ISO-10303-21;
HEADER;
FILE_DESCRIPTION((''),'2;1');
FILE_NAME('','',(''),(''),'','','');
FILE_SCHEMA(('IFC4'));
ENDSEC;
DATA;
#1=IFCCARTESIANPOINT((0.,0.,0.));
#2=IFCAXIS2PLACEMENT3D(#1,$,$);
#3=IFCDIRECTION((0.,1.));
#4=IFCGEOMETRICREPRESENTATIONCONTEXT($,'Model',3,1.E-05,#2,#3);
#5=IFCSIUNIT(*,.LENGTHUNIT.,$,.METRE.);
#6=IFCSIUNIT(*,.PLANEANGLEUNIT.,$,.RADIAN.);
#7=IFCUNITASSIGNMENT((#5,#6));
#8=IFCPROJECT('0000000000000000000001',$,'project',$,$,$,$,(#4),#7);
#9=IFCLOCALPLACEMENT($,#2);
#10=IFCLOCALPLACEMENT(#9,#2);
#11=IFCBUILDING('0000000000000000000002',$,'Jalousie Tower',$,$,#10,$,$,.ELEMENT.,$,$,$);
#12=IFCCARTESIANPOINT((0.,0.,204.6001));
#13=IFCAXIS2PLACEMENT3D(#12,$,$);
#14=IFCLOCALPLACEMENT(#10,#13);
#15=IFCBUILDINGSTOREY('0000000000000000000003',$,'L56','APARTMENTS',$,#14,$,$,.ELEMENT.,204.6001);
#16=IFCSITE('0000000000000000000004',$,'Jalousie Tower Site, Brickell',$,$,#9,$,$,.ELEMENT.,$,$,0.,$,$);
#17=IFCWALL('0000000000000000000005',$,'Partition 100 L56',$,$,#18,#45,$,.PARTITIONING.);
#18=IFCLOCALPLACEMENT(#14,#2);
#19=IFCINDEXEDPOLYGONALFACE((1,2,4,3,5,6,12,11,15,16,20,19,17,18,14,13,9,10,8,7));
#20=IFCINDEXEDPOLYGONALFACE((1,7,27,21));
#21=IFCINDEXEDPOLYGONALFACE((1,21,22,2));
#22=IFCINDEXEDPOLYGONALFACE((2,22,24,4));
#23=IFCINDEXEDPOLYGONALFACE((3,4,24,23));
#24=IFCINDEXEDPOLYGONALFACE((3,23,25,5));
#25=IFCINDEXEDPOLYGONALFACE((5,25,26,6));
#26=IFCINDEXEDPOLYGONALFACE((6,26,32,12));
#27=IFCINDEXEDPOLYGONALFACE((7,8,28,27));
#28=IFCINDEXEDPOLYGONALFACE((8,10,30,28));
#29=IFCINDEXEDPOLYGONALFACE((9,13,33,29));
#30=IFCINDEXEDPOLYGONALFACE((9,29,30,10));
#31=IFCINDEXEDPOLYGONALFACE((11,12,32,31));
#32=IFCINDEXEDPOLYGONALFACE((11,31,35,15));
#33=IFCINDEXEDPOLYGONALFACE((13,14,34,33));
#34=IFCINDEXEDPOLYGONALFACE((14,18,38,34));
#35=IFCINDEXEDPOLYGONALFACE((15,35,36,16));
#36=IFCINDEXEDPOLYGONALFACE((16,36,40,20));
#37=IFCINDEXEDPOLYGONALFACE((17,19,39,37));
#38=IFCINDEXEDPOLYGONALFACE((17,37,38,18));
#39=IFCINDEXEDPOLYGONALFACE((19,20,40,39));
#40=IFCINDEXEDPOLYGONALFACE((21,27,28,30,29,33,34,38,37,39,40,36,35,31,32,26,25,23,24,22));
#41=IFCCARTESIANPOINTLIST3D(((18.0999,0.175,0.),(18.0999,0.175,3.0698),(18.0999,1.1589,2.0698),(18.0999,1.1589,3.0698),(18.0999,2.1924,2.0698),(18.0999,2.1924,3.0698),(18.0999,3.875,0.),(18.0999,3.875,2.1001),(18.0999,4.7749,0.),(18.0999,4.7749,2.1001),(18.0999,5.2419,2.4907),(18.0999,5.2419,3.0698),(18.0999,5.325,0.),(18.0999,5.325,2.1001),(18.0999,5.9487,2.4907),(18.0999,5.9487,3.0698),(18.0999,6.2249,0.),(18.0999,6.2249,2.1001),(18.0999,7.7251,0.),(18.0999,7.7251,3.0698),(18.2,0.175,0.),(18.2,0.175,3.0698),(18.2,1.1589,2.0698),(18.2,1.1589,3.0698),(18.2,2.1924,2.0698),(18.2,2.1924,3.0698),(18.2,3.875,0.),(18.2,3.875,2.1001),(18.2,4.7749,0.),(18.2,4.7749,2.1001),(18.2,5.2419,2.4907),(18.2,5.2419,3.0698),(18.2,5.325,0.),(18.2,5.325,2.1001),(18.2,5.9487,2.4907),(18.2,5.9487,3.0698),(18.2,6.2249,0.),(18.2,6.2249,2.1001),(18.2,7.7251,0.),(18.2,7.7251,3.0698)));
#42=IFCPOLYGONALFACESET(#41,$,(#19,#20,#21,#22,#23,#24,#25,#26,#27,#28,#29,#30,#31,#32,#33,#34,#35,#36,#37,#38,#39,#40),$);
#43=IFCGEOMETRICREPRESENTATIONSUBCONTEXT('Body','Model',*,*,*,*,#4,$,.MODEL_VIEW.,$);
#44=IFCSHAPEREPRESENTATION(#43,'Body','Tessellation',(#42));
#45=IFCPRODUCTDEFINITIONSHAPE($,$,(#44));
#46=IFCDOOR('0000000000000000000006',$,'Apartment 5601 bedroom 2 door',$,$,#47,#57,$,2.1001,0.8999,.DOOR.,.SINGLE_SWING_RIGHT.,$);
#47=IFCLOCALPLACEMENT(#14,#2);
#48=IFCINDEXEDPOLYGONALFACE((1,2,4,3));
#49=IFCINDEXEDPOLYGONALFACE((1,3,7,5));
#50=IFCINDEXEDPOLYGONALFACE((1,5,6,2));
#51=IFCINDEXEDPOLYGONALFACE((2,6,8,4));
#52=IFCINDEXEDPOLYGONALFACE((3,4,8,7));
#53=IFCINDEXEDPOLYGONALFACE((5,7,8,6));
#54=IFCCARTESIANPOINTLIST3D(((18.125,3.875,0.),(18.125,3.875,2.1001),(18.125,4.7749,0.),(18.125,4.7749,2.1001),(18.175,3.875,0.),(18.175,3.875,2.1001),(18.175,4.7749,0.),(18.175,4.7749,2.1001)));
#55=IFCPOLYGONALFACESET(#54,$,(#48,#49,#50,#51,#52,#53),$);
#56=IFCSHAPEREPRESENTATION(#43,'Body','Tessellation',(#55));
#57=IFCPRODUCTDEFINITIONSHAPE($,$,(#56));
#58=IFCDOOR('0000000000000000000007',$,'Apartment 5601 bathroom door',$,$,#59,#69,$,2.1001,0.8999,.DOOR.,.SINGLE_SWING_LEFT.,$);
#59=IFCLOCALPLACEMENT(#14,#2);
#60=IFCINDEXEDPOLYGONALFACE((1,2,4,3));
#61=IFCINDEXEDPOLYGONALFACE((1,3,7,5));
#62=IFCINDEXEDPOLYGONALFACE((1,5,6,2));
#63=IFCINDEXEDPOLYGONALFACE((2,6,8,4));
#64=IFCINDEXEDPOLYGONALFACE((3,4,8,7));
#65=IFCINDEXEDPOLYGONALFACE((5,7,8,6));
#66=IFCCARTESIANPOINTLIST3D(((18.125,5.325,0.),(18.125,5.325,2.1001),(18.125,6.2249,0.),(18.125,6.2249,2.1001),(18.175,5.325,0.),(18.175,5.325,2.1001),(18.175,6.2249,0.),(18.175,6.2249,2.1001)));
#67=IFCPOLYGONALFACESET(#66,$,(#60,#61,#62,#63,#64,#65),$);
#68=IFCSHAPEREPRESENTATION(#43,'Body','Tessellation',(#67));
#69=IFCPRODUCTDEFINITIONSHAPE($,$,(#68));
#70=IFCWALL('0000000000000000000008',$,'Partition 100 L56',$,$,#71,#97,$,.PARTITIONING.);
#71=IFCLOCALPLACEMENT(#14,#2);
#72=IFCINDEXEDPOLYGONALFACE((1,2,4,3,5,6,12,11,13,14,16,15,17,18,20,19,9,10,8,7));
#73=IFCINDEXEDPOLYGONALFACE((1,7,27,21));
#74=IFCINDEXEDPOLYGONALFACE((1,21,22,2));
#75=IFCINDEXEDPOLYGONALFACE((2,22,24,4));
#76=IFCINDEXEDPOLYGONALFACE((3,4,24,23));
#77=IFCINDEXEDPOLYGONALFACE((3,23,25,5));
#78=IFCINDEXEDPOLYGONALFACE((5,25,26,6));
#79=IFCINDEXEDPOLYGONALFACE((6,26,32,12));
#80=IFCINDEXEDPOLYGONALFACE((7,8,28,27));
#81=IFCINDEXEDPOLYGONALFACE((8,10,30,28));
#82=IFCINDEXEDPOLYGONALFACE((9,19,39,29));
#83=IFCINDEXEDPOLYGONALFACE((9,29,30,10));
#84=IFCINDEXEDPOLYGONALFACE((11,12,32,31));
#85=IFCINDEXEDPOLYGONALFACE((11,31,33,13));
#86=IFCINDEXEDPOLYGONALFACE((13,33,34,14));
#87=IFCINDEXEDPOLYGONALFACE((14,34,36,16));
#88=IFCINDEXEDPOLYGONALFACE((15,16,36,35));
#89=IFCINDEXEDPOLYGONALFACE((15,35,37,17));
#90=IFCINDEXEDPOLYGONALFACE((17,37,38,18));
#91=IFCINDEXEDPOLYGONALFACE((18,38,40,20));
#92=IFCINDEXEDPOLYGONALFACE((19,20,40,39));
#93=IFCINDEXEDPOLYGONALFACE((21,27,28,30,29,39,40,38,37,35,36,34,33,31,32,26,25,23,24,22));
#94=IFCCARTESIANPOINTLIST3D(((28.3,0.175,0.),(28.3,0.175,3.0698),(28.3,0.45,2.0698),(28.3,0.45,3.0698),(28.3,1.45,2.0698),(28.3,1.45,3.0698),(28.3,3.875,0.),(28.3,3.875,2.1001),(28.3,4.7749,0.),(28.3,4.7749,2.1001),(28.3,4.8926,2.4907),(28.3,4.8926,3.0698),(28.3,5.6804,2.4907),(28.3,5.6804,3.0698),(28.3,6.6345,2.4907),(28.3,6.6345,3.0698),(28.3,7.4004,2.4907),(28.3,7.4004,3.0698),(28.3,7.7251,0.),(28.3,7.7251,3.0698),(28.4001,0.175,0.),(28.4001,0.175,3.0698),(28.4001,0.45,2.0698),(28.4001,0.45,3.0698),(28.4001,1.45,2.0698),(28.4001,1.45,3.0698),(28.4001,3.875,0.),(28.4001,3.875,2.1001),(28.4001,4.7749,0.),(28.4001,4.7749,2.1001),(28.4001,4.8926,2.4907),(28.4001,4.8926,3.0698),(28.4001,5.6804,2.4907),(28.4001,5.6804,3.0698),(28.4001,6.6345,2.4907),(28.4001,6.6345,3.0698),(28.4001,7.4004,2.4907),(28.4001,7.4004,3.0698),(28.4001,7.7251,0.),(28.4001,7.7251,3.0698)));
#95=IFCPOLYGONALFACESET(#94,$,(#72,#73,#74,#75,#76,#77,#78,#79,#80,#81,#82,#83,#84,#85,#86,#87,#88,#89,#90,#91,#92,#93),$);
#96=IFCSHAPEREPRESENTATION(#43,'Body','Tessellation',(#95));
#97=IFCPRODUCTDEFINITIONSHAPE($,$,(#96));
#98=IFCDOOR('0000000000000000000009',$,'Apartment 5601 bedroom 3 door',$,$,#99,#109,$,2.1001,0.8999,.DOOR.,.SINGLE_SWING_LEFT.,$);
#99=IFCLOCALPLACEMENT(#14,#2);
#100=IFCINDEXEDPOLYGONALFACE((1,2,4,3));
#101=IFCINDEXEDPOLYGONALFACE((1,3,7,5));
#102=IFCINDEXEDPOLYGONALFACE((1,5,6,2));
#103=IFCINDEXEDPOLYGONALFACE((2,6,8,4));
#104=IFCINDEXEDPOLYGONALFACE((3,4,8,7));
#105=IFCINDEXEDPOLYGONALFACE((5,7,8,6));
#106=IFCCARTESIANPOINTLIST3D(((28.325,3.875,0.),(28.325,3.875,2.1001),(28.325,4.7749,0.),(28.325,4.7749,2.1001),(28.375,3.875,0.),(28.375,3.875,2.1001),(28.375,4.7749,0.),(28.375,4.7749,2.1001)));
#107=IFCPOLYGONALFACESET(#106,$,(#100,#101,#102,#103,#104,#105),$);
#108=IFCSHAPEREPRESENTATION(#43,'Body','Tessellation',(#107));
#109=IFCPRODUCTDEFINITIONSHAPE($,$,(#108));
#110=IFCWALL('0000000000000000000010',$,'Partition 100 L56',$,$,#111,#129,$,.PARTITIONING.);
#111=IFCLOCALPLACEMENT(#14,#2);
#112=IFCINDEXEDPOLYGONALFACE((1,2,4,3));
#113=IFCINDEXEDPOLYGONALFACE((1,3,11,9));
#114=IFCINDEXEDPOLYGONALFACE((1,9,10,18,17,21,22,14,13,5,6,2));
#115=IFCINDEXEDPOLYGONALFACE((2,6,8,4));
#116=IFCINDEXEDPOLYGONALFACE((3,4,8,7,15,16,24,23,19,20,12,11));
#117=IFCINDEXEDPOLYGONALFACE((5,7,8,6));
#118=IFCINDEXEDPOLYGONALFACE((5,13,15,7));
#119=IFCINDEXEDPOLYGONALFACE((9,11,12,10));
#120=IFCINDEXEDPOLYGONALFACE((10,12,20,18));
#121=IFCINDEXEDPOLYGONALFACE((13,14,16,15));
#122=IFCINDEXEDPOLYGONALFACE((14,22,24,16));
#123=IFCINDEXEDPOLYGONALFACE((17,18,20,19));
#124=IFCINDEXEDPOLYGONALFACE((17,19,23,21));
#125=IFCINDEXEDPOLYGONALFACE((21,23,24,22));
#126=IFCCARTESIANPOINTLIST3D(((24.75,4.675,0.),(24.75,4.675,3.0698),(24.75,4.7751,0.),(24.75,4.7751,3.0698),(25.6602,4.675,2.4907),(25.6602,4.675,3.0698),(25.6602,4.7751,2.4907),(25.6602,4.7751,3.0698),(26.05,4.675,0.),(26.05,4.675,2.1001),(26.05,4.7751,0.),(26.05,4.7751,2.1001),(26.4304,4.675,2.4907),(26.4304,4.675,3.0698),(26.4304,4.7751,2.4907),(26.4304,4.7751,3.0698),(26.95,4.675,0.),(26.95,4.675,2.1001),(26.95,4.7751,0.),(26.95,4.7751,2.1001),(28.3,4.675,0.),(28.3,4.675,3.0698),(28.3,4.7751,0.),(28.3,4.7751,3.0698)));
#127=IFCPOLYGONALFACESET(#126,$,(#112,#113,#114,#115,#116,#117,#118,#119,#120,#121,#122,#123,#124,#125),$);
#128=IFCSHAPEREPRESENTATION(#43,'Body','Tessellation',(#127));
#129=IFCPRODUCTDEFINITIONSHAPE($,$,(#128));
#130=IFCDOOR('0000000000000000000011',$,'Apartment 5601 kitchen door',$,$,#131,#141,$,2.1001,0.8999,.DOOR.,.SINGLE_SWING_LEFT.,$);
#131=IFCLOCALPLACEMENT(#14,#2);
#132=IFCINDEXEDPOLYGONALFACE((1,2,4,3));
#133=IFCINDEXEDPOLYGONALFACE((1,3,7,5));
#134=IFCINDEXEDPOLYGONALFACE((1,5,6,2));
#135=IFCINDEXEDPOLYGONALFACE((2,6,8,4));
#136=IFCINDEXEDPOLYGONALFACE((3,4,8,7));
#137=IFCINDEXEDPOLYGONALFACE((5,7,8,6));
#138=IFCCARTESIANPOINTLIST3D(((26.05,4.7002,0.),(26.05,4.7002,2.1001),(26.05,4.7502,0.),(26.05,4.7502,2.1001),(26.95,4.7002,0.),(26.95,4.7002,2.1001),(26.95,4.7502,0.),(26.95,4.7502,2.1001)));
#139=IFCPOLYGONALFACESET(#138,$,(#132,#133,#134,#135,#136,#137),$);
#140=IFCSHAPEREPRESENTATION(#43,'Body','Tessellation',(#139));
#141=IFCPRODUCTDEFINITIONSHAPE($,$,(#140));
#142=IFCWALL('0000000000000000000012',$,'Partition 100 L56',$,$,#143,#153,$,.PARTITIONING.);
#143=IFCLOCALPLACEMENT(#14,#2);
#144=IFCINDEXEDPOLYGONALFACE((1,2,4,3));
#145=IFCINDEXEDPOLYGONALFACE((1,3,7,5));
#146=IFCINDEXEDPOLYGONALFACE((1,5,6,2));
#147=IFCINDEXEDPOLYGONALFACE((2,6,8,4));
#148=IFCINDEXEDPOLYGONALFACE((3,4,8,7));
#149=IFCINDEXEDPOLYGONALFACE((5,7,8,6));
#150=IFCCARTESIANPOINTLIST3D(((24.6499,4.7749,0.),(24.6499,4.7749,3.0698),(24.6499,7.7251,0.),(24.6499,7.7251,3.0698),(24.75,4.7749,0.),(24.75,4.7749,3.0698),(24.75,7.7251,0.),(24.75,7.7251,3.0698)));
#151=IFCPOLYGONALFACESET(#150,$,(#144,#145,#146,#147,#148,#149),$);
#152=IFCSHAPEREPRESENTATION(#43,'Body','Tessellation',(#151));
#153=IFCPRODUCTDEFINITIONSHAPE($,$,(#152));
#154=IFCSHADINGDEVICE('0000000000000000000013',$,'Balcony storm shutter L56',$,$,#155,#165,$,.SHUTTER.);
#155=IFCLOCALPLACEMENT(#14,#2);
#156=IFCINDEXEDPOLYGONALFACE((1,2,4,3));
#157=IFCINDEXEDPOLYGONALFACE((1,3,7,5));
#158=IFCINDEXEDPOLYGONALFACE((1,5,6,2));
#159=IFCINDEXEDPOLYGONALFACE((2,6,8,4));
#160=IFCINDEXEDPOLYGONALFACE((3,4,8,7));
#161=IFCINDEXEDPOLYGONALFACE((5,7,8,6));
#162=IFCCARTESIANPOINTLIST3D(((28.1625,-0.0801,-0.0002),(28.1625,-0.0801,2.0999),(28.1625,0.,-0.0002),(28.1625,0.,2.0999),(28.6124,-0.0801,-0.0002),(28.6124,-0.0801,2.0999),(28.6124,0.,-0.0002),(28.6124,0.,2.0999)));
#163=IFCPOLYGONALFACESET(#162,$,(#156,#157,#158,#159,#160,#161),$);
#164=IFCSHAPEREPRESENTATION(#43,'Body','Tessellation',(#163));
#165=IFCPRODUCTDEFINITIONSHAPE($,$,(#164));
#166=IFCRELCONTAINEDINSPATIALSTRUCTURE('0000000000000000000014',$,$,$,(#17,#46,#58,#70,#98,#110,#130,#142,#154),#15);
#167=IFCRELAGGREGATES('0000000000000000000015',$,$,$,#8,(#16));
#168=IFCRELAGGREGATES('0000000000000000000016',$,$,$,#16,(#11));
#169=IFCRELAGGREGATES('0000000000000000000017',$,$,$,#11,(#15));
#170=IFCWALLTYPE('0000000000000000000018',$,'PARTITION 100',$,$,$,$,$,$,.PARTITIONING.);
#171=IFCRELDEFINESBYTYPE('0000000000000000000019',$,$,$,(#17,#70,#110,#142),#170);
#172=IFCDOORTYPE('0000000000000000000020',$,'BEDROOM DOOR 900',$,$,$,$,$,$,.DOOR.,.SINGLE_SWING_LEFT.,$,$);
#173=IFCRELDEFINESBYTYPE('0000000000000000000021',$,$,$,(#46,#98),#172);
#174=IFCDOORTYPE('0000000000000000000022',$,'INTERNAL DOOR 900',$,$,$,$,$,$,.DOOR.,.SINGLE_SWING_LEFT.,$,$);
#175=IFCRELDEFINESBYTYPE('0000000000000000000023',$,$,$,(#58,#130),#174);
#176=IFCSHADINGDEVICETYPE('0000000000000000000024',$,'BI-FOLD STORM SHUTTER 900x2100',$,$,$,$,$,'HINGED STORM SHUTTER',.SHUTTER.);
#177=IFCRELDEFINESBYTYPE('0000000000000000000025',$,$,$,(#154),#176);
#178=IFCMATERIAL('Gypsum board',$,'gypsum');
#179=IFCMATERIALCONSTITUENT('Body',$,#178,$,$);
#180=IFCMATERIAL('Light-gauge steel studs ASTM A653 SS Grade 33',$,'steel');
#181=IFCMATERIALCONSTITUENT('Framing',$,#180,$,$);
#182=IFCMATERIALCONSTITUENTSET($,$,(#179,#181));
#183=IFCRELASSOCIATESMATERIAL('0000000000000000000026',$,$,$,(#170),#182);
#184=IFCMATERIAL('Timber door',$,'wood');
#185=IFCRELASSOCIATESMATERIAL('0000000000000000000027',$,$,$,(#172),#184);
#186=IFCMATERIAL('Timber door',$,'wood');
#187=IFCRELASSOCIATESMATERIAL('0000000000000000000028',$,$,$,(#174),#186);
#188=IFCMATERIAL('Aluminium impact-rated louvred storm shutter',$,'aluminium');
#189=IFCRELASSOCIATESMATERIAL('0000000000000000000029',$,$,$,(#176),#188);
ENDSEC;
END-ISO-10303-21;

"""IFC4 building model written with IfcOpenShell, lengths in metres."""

from ifc_helpers import new_model, si_unit, direction, frame, frame_2d, origin, origin_2d, place, context, subcontext, project, spatial, polyline, rectangle, outline, extrude, material, constituent, constituent_set, type_object, element, fill, save


model = new_model("IFC4")

# Units and contexts
model_context = context("Model", 3, precision=1e-05, world=origin(), true_north=direction((0.0, 1.0)))
body_context = subcontext(model_context, "Body", "Model", "MODEL_VIEW")
ifc_project = project(units=[si_unit("LENGTHUNIT", "METRE"), si_unit("PLANEANGLEUNIT", "RADIAN")], contexts=[model_context])

# Site, building, storey
site_placement = place(None, origin())
site = spatial("IfcSite", under=ifc_project, at=site_placement, Name="Jalousie Tower Site, Brickell", CompositionType="ELEMENT", RefElevation=0.0)
building_placement = place(site_placement, origin())
building = spatial("IfcBuilding", under=site, at=building_placement, Name="Jalousie Tower", CompositionType="ELEMENT")
storey_placement = place(building_placement, frame((0.0, 0.0, 204.6001)))
storey = spatial("IfcBuildingStorey", under=building, at=storey_placement, Name="L56", Description="APARTMENTS", CompositionType="ELEMENT", Elevation=204.6001)

# Wall, openings, doors
ifc_material_1 = material(Name="Gypsum board", Category="gypsum")
ifc_constituent_1 = constituent(ifc_material_1, Name="Body")
ifc_material_2 = material(Name="Light-gauge steel studs ASTM A653 SS Grade 33", Category="steel")
ifc_constituent_2 = constituent(ifc_material_2, Name="Framing")
ifc_constituent_set_1 = constituent_set(constituents=[ifc_constituent_1, ifc_constituent_2])
wall_type_1 = type_object("IfcWallType", Name="PARTITION 100", PredefinedType="PARTITIONING", material=ifc_constituent_set_1)
wall_1_placement = place(storey_placement, frame((18.1499, 0.175, 0.0), z_axis=(0.0, 0.0, 1.0), x_axis=(0.0, 1.0, 0.0)))
wall_1 = element("IfcWall", 1, at=wall_1_placement, inside=storey, type_object=wall_type_1, Name="Partition 100 L56", PredefinedType="PARTITIONING", context=body_context, shape_type="SweptSolid", body=[
    extrude(outline(polyline([(0.0, 0.0), (7.55, 0.0), (7.55, 3.0698), (5.7737, 3.0698), (5.7737, 2.4907), (5.0669, 2.4907), (5.0669, 3.0698), (2.0173, 3.0698), (2.0173, 2.0698), (0.9839, 2.0698), (0.9839, 3.0698), (0.0, 3.0698), (0.0, 0.0)])), frame((0.0, 0.05, 0.0), z_axis=(0.0, -1.0, 0.0), x_axis=(1.0, 0.0, 0.0)), (0.0, 0.0, 1.0), 0.1001),
])
opening_1_placement = place(wall_1_placement, frame((3.7, 0.0, 0.0)))
opening_1 = element("IfcOpeningElement", 2, at=opening_1_placement, cuts=wall_1, PredefinedType="OPENING", context=body_context, shape_type="SweptSolid", body=[
    extrude(rectangle(XDim=0.8999, YDim=2.1001, at=frame_2d((0.45, 1.05))), frame((0.0, 0.0601, 0.0), z_axis=(0.0, -1.0, 0.0), x_axis=(1.0, 0.0, 0.0)), (0.0, 0.0, 1.0), 0.1201),
])
opening_2_placement = place(wall_1_placement, frame((5.1499, 0.0, 0.0)))
opening_2 = element("IfcOpeningElement", 3, at=opening_2_placement, cuts=wall_1, PredefinedType="OPENING", context=body_context, shape_type="SweptSolid", body=[
    extrude(rectangle(XDim=0.8999, YDim=2.1001, at=frame_2d((0.45, 1.05))), frame((0.0, 0.0601, 0.0), z_axis=(0.0, -1.0, 0.0), x_axis=(1.0, 0.0, 0.0)), (0.0, 0.0, 1.0), 0.1201),
])
ifc_material_3 = material(Name="Timber door", Category="wood")
door_type_1 = type_object("IfcDoorType", Name="BEDROOM DOOR 900", OperationType="SINGLE_SWING_LEFT", PredefinedType="DOOR", material=ifc_material_3)
door_1_placement = place(opening_1_placement, origin())
door_1 = element("IfcDoor", 4, at=door_1_placement, inside=storey, type_object=door_type_1, Name="Apartment 5601 bedroom 2 door", OperationType="SINGLE_SWING_RIGHT", OverallHeight=2.1001, OverallWidth=0.8999, PredefinedType="DOOR", context=body_context, shape_type="SweptSolid", body=[
    extrude(rectangle(XDim=0.8999, YDim=2.1001, at=frame_2d((0.45, 1.05))), frame((0.0, 0.0249, 0.0), z_axis=(0.0, -1.0, 0.0), x_axis=(1.0, 0.0, 0.0)), (0.0, 0.0, 1.0), 0.05),
])
fill(opening_1, door_1)
ifc_material_4 = material(Name="Timber door", Category="wood")
door_type_2 = type_object("IfcDoorType", Name="INTERNAL DOOR 900", OperationType="SINGLE_SWING_LEFT", PredefinedType="DOOR", material=ifc_material_4)
door_2_placement = place(opening_2_placement, origin())
door_2 = element("IfcDoor", 5, at=door_2_placement, inside=storey, type_object=door_type_2, Name="Apartment 5601 bathroom door", OperationType="SINGLE_SWING_LEFT", OverallHeight=2.1001, OverallWidth=0.8999, PredefinedType="DOOR", context=body_context, shape_type="SweptSolid", body=[
    extrude(rectangle(XDim=0.8999, YDim=2.1001, at=frame_2d((0.45, 1.05))), frame((0.0, 0.0249, 0.0), z_axis=(0.0, -1.0, 0.0), x_axis=(1.0, 0.0, 0.0)), (0.0, 0.0, 1.0), 0.05),
])
fill(opening_2, door_2)

# Walls, openings, doors
wall_2_placement = place(storey_placement, frame((28.3501, 0.175, 0.0), z_axis=(0.0, 0.0, 1.0), x_axis=(0.0, 1.0, 0.0)))
wall_2 = element("IfcWall", 6, at=wall_2_placement, inside=storey, type_object=wall_type_1, Name="Partition 100 L56", PredefinedType="PARTITIONING", context=body_context, shape_type="SweptSolid", body=[
    extrude(outline(polyline([(0.0, 0.0), (7.55, 0.0), (7.55, 3.0698), (7.2253, 3.0698), (7.2253, 2.4907), (6.4595, 2.4907), (6.4595, 3.0698), (5.5054, 3.0698), (5.5054, 2.4907), (4.7175, 2.4907), (4.7175, 3.0698), (1.2749, 3.0698), (1.2749, 2.0698), (0.2749, 2.0698), (0.2749, 3.0698), (0.0, 3.0698), (0.0, 0.0)])), frame((0.0, 0.05, 0.0), z_axis=(0.0, -1.0, 0.0), x_axis=(1.0, 0.0, 0.0)), (0.0, 0.0, 1.0), 0.1001),
])
opening_3_placement = place(wall_2_placement, frame((3.7, 0.0, 0.0)))
opening_3 = element("IfcOpeningElement", 7, at=opening_3_placement, cuts=wall_2, PredefinedType="OPENING", context=body_context, shape_type="SweptSolid", body=[
    extrude(rectangle(XDim=0.8999, YDim=2.1001, at=frame_2d((0.45, 1.05))), frame((0.0, 0.0601, 0.0), z_axis=(0.0, -1.0, 0.0), x_axis=(1.0, 0.0, 0.0)), (0.0, 0.0, 1.0), 0.1201),
])
door_3_placement = place(opening_3_placement, frame((0.8999, 0.0, 0.0), z_axis=(0.0, 0.0, 1.0), x_axis=(-1.0, 0.0, 0.0)))
door_3 = element("IfcDoor", 8, at=door_3_placement, inside=storey, type_object=door_type_1, Name="Apartment 5601 bedroom 3 door", OperationType="SINGLE_SWING_LEFT", OverallHeight=2.1001, OverallWidth=0.8999, PredefinedType="DOOR", context=body_context, shape_type="SweptSolid", body=[
    extrude(rectangle(XDim=0.8999, YDim=2.1001, at=frame_2d((0.45, 1.05))), frame((0.0, 0.0249, 0.0), z_axis=(0.0, -1.0, 0.0), x_axis=(1.0, 0.0, 0.0)), (0.0, 0.0, 1.0), 0.05),
])
fill(opening_3, door_3)
wall_3_placement = place(storey_placement, frame((24.75, 4.7251, 0.0), z_axis=(0.0, 0.0, 1.0), x_axis=(1.0, 0.0, 0.0)))
wall_3 = element("IfcWall", 9, at=wall_3_placement, inside=storey, type_object=wall_type_1, Name="Partition 100 L56", PredefinedType="PARTITIONING", context=body_context, shape_type="SweptSolid", body=[
    extrude(outline(polyline([(0.0, 0.0), (3.55, 0.0), (3.55, 3.0698), (1.6804, 3.0698), (1.6804, 2.4907), (0.9102, 2.4907), (0.9102, 3.0698), (0.0, 3.0698), (0.0, 0.0)])), frame((0.0, 0.05, 0.0), z_axis=(0.0, -1.0, 0.0), x_axis=(1.0, 0.0, 0.0)), (0.0, 0.0, 1.0), 0.1001),
])
opening_4_placement = place(wall_3_placement, frame((1.3, 0.0, 0.0)))
opening_4 = element("IfcOpeningElement", 10, at=opening_4_placement, cuts=wall_3, PredefinedType="OPENING", context=body_context, shape_type="SweptSolid", body=[
    extrude(rectangle(XDim=0.8999, YDim=2.1001, at=frame_2d((0.45, 1.05))), frame((0.0, 0.0601, 0.0), z_axis=(0.0, -1.0, 0.0), x_axis=(1.0, 0.0, 0.0)), (0.0, 0.0, 1.0), 0.1201),
])
door_4_placement = place(opening_4_placement, frame((0.8999, 0.0, 0.0), z_axis=(0.0, 0.0, 1.0), x_axis=(-1.0, 0.0, 0.0)))
door_4 = element("IfcDoor", 11, at=door_4_placement, inside=storey, type_object=door_type_2, Name="Apartment 5601 kitchen door", OperationType="SINGLE_SWING_LEFT", OverallHeight=2.1001, OverallWidth=0.8999, PredefinedType="DOOR", context=body_context, shape_type="SweptSolid", body=[
    extrude(rectangle(XDim=0.8999, YDim=2.1001, at=frame_2d((0.45, 1.05))), frame((0.0, 0.0249, 0.0), z_axis=(0.0, -1.0, 0.0), x_axis=(1.0, 0.0, 0.0)), (0.0, 0.0, 1.0), 0.05),
])
fill(opening_4, door_4)

# Wall
wall_4_placement = place(storey_placement, frame((24.7, 4.7749, 0.0), z_axis=(0.0, 0.0, 1.0), x_axis=(0.0, 1.0, 0.0)))
element("IfcWall", 12, at=wall_4_placement, inside=storey, type_object=wall_type_1, Name="Partition 100 L56", PredefinedType="PARTITIONING", context=body_context, shape_type="SweptSolid", body=[
    extrude(rectangle(XDim=2.9502, YDim=0.1001, at=frame_2d((1.4751, 0.0))), origin(), (0.0, 0.0, 1.0), 3.0698),
])

# Shading device
ifc_material_5 = material(Name="Aluminium impact-rated louvred storm shutter", Category="aluminium")
shading_device_type_1 = type_object("IfcShadingDeviceType", Name="BI-FOLD STORM SHUTTER 900x2100", ElementType="HINGED STORM SHUTTER", PredefinedType="SHUTTER", material=ifc_material_5)
shading_device_1_placement = place(storey_placement, frame((28.3875, -0.04, -0.0002), z_axis=(0.0, 0.0, 1.0), x_axis=(1.0, 0.0, 0.0)))
element("IfcShadingDevice", 13, at=shading_device_1_placement, inside=storey, type_object=shading_device_type_1, Name="Balcony storm shutter L56", PredefinedType="SHUTTER", context=body_context, shape_type="SweptSolid", body=[
    extrude(rectangle(XDim=0.45, YDim=0.0801, at=origin_2d()), origin(), (0.0, 0.0, 1.0), 2.1001),
])

save(model, "model.ifc")
